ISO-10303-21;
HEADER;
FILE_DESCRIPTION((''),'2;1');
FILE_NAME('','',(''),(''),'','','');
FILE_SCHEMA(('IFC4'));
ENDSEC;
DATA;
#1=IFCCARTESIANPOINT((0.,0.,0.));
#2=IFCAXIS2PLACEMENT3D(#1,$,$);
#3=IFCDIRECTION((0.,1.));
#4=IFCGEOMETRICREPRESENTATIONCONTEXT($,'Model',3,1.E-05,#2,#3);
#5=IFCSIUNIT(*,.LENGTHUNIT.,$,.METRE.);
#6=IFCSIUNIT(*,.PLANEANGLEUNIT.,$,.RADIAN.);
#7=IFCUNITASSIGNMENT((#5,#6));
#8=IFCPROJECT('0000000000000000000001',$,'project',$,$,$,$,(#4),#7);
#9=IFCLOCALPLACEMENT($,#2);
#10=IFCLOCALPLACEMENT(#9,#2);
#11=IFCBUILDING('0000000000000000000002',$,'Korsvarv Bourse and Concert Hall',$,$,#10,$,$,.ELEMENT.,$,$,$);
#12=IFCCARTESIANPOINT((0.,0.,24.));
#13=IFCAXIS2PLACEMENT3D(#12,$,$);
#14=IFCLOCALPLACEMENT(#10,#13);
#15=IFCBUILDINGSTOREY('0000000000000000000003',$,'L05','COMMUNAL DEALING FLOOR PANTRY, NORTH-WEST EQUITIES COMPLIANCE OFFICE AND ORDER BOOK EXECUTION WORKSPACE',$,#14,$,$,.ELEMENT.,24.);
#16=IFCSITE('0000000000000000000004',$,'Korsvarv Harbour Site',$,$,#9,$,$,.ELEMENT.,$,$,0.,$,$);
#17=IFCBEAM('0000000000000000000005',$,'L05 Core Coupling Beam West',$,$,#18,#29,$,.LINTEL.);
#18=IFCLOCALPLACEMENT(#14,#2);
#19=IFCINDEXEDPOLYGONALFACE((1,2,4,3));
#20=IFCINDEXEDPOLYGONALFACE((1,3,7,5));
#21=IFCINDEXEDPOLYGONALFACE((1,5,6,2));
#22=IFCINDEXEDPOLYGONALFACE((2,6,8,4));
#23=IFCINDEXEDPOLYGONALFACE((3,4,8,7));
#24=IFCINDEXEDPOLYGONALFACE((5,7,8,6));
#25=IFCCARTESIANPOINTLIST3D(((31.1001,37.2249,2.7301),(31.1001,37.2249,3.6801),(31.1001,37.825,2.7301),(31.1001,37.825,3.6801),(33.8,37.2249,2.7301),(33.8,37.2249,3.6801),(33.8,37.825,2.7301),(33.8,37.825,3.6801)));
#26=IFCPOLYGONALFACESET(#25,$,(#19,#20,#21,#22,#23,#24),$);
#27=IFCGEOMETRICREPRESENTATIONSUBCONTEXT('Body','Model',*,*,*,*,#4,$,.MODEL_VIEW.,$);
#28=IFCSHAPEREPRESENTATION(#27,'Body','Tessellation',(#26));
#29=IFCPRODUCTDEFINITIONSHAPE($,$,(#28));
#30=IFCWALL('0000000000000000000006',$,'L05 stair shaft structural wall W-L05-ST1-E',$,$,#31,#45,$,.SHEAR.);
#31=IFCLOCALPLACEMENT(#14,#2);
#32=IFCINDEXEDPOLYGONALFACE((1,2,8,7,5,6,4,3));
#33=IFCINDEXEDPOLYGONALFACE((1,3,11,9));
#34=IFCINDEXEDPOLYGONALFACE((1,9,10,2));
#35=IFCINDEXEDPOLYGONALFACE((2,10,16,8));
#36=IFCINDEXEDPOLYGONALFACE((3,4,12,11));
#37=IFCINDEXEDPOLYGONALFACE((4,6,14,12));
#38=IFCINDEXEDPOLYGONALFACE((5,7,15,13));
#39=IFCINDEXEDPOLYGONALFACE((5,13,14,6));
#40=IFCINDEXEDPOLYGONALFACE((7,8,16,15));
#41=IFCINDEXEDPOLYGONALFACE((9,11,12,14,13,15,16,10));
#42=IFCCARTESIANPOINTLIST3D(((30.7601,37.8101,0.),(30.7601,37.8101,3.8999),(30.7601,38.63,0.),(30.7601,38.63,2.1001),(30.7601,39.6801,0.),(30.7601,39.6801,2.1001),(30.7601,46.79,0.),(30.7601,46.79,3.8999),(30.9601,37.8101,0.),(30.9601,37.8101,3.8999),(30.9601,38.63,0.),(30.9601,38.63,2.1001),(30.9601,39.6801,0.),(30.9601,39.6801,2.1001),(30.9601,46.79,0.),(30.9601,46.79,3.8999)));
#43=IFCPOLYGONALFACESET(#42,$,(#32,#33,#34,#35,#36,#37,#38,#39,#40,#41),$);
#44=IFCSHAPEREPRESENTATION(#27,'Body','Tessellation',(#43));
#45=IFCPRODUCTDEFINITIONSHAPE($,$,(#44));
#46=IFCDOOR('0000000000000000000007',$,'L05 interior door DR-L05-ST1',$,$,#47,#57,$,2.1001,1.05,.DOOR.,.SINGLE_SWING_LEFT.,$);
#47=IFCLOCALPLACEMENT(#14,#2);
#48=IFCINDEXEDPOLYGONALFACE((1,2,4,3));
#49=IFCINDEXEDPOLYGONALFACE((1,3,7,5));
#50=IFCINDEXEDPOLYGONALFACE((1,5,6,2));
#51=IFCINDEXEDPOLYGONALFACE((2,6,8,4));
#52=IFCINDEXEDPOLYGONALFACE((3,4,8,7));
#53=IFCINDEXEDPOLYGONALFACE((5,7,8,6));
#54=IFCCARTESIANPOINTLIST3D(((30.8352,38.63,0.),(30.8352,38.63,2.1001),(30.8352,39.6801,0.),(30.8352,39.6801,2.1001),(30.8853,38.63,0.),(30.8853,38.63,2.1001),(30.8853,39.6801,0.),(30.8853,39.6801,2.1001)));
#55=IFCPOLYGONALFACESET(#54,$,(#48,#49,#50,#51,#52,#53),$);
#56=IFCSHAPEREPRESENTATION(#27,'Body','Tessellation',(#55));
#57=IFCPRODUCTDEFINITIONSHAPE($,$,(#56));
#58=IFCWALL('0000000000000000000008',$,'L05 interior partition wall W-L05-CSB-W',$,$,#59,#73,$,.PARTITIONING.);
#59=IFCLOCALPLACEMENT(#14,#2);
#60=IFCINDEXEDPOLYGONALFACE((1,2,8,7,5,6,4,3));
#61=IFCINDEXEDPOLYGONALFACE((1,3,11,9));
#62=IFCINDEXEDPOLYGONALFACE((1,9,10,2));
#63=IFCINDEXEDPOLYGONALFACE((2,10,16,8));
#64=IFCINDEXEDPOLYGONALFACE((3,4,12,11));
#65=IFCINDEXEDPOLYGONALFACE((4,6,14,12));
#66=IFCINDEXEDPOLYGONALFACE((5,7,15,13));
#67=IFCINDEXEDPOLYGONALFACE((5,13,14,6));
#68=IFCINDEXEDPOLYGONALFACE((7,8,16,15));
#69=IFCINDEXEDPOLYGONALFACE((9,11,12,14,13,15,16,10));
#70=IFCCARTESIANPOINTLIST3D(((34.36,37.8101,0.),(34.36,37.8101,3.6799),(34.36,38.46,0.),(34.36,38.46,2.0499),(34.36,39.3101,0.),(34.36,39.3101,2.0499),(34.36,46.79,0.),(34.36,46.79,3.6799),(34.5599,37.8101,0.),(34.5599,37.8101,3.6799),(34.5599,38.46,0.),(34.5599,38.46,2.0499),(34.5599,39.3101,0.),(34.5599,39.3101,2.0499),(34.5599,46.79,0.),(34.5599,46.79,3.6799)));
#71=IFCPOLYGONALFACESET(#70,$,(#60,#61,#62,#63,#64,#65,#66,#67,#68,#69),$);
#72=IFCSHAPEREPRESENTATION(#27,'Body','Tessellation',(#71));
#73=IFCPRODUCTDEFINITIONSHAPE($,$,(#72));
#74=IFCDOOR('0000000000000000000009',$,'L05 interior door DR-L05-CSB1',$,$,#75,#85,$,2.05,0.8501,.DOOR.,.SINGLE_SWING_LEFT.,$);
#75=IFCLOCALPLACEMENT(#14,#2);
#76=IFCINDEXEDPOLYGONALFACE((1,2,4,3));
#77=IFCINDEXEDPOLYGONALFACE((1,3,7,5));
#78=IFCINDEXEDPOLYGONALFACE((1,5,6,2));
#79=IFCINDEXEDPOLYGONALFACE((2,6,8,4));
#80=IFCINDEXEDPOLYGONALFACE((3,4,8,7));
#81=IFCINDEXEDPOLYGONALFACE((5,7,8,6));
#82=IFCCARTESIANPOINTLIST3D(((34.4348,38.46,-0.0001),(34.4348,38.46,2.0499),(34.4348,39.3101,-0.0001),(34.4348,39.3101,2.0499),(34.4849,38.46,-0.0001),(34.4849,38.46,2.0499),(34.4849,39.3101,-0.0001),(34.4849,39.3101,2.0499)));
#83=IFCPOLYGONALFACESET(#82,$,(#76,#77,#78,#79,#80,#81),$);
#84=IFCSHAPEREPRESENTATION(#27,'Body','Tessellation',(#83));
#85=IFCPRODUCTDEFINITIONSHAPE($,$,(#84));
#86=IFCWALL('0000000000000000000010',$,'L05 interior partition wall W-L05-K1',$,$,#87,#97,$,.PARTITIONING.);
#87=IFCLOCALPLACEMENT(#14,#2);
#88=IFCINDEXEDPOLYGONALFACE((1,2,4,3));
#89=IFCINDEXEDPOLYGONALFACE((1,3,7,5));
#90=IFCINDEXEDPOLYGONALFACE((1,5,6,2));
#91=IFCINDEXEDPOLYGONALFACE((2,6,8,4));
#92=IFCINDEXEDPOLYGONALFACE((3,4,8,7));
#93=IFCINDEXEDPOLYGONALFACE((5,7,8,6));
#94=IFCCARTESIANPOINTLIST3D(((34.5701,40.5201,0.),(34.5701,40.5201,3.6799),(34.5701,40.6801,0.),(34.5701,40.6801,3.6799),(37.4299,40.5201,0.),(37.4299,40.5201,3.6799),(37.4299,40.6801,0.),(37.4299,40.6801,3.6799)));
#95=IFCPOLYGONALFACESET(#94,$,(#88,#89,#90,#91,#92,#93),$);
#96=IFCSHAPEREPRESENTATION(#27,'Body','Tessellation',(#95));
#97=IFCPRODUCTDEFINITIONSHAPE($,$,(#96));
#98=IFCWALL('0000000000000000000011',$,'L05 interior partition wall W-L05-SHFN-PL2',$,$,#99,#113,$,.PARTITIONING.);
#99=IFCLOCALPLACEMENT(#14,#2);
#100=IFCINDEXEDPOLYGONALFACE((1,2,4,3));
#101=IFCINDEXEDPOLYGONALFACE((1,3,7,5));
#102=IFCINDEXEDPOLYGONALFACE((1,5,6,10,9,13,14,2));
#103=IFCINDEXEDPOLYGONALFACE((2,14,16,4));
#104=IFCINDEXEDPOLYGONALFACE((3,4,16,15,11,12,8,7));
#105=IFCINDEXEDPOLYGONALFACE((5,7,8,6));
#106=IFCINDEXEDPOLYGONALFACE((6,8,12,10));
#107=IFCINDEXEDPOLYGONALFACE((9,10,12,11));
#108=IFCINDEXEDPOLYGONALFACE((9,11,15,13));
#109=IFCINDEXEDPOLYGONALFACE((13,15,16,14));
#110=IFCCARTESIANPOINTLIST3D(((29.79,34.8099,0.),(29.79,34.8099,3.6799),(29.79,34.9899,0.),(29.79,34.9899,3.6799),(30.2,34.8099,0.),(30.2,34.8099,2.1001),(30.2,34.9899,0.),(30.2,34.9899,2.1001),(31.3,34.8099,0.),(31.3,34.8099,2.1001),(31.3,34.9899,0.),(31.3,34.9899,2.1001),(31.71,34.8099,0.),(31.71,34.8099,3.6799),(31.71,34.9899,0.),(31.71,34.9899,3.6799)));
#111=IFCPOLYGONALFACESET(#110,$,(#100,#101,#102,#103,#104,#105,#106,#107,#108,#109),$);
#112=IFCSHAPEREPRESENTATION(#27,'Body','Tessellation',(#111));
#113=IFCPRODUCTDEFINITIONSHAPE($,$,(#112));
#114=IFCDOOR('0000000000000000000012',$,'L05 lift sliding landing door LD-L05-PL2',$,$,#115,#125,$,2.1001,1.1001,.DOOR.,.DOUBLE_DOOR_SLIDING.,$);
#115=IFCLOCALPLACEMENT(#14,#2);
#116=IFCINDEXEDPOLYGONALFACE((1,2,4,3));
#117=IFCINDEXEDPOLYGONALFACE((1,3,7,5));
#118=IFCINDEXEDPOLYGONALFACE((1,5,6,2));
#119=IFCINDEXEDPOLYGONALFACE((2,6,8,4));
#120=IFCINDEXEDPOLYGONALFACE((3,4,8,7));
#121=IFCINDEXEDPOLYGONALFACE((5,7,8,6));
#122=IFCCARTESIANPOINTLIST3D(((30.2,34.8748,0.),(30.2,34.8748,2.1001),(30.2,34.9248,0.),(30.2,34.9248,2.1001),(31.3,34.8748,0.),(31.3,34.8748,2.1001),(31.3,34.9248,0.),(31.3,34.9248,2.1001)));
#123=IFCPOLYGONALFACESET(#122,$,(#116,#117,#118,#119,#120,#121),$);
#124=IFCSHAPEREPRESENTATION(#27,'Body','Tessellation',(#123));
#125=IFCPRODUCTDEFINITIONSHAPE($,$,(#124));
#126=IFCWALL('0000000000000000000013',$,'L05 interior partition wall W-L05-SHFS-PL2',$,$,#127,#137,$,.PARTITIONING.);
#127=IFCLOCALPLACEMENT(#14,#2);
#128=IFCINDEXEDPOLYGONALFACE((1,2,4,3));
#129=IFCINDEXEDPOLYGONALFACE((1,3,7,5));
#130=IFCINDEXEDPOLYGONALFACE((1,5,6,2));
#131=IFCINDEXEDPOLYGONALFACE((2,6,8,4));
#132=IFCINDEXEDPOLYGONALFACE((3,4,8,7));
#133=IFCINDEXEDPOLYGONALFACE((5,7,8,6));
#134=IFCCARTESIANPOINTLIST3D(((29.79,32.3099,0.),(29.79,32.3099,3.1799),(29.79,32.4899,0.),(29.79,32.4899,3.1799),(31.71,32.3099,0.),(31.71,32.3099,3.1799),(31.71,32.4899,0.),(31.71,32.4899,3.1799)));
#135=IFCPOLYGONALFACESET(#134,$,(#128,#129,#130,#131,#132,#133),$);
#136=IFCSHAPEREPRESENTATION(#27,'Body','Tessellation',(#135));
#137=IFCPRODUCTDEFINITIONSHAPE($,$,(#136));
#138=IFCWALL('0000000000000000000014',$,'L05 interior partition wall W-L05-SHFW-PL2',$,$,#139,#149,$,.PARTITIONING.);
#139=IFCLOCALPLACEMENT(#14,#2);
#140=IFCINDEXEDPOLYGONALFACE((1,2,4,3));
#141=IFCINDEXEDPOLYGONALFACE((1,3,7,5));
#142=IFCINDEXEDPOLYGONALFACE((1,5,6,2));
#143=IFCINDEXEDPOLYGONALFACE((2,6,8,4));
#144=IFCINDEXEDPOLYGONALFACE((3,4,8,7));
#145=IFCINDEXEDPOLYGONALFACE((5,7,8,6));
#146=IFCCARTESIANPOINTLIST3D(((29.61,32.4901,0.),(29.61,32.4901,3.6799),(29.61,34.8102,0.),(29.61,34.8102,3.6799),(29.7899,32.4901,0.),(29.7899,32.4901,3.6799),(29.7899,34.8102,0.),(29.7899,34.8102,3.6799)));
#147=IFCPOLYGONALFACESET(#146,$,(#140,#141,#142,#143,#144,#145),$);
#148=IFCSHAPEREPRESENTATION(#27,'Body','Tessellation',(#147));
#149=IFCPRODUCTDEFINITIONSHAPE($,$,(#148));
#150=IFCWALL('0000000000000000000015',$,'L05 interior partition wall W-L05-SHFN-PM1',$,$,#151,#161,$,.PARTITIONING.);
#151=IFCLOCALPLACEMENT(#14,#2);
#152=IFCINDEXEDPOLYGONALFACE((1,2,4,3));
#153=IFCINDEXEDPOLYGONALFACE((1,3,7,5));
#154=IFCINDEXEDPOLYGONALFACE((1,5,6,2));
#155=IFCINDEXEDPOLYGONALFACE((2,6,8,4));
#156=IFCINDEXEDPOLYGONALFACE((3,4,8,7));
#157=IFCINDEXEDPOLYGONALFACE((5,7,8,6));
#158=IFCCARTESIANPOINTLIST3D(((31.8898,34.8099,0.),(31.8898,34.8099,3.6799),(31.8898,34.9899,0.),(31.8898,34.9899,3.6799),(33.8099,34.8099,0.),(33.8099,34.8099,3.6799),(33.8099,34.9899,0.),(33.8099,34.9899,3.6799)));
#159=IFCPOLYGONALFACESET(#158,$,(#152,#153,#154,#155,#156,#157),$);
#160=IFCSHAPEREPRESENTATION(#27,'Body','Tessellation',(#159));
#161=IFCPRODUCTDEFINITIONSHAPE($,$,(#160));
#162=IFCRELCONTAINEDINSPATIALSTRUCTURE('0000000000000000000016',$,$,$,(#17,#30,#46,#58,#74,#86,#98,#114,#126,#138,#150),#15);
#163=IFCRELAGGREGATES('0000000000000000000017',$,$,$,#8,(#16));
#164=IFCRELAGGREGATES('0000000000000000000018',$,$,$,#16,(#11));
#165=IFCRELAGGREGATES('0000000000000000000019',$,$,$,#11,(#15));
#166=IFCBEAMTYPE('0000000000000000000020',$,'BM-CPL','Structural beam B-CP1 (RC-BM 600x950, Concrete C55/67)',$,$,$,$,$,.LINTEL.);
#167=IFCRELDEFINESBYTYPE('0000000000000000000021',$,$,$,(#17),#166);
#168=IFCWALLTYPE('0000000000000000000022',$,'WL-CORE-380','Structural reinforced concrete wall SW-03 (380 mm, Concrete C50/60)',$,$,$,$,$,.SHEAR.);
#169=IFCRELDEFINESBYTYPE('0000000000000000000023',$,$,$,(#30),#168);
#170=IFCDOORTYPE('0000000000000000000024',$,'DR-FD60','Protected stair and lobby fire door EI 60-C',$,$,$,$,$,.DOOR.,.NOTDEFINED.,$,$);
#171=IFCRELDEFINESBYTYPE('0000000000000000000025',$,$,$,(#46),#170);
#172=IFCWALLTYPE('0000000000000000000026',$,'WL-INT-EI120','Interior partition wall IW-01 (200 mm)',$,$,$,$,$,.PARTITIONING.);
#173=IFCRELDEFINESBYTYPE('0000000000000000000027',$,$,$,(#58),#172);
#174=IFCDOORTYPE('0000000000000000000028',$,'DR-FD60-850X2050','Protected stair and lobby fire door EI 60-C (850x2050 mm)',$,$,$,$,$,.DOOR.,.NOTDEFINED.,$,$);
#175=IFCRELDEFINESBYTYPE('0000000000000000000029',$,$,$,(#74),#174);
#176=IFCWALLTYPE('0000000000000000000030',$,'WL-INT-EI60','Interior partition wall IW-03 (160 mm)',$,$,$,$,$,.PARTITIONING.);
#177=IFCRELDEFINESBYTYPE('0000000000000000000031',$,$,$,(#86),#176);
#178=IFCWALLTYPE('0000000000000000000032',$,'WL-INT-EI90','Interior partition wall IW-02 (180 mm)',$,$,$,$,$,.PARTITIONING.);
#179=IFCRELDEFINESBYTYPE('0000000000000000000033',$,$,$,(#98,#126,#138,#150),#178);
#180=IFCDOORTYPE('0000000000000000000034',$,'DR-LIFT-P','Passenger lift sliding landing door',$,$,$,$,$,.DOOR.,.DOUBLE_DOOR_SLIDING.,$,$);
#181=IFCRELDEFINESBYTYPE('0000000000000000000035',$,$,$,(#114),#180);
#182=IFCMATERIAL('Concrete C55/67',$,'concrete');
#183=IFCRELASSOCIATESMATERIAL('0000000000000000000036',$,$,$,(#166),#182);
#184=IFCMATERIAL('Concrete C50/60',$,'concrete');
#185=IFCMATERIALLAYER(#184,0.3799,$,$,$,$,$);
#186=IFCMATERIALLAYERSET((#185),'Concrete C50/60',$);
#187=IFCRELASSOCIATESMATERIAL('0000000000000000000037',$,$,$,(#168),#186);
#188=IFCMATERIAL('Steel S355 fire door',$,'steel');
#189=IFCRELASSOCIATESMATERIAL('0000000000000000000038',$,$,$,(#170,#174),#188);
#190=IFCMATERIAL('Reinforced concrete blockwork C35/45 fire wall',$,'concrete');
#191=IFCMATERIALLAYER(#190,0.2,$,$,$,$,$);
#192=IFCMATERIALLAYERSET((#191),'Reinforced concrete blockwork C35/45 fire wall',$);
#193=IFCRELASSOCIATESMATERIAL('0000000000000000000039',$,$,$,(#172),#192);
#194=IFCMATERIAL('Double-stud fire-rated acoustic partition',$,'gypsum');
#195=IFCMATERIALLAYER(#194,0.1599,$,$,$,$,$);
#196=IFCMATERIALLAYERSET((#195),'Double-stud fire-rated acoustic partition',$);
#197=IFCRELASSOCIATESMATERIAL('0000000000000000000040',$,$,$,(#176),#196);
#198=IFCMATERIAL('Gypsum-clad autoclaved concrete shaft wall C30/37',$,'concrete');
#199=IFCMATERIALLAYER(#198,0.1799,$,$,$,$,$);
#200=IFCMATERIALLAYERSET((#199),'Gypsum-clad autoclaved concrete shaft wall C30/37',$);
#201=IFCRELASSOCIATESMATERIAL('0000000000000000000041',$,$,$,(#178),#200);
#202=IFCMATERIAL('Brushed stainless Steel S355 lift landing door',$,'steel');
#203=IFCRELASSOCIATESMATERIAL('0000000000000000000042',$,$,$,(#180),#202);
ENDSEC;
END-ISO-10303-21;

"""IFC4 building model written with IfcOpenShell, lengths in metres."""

from ifc_helpers import new_model, si_unit, direction, frame, frame_2d, origin, origin_2d, place, context, subcontext, project, spatial, rectangle, extrude, source, transform, mapped, material, layer, layer_set, material_profile, profile_set, type_object, element, fill, save


model = new_model("IFC4")

# Units and contexts
model_context = context("Model", 3, precision=1e-05, world=origin(), true_north=direction((0.0, 1.0)))
body_context = subcontext(model_context, "Body", "Model", "MODEL_VIEW")
ifc_project = project(units=[si_unit("LENGTHUNIT", "METRE"), si_unit("PLANEANGLEUNIT", "RADIAN")], contexts=[model_context])

# Site, building, storey
site_placement = place(None, origin())
site = spatial("IfcSite", under=ifc_project, at=site_placement, Name="Korsvarv Harbour Site", CompositionType="ELEMENT", RefElevation=0.0)
building_placement = place(site_placement, origin())
building = spatial("IfcBuilding", under=site, at=building_placement, Name="Korsvarv Bourse and Concert Hall", CompositionType="ELEMENT")
storey_placement = place(building_placement, frame((0.0, 0.0, 24.0)))
storey = spatial("IfcBuildingStorey", under=building, at=storey_placement, Name="L05", Description="COMMUNAL DEALING FLOOR PANTRY, NORTH-WEST EQUITIES COMPLIANCE OFFICE AND ORDER BOOK EXECUTION WORKSPACE", CompositionType="ELEMENT", Elevation=24.0)

# Beam
ifc_material_1 = material(Name="Concrete C55/67", Category="concrete")
ifc_material_profile = material_profile(ifc_material_1, rectangle(XDim=0.6001, YDim=0.95, at=origin_2d()), Name="RC-BM 600x950")
ifc_profile_set = profile_set([ifc_material_profile], Name="Concrete C55/67")
beam_type = type_object("IfcBeamType", Name="BM-CPL", Description="Structural beam B-CP1 (RC-BM 600x950, Concrete C55/67)", PredefinedType="LINTEL", material=ifc_profile_set)
shared_shape = source(origin(), body_context, "Body", "SweptSolid", [
    extrude(rectangle(XDim=0.6001, YDim=0.95, at=origin_2d()), origin(), (0.0, 0.0, 1.0), 2.7),
])
beam_placement = place(storey_placement, frame((31.1001, 37.5249, 3.2051), z_axis=(1.0, 0.0, 0.0), x_axis=(0.0, 1.0, 0.0)))
element("IfcBeam", 1, at=beam_placement, inside=storey, type_object=beam_type, Name="L05 Core Coupling Beam West", PredefinedType="LINTEL", context=body_context, shape_type="MappedRepresentation", body=[
    mapped(shared_shape, transform((0.0, 0.0, 0.0), scale=1.0)),
])

# Walls, openings, doors
ifc_material_2 = material(Name="Concrete C50/60", Category="concrete")
ifc_layer_1 = layer(ifc_material_2, 0.3799)
ifc_layer_set_1 = layer_set([ifc_layer_1], Name="Concrete C50/60")
wall_type_1 = type_object("IfcWallType", Name="WL-CORE-380", Description="Structural reinforced concrete wall SW-03 (380 mm, Concrete C50/60)", PredefinedType="SHEAR", material=ifc_layer_set_1)
wall_1_placement = place(storey_placement, frame((30.8601, 37.8101, 0.0), z_axis=(0.0, 0.0, 1.0), x_axis=(0.0, 1.0, 0.0)))
wall_1 = element("IfcWall", 2, at=wall_1_placement, inside=storey, type_object=wall_type_1, Name="L05 stair shaft structural wall W-L05-ST1-E", PredefinedType="SHEAR", context=body_context, shape_type="SweptSolid", body=[
    extrude(rectangle(XDim=8.98, YDim=0.2, at=frame_2d((4.49, 0.0))), origin(), (0.0, 0.0, 1.0), 3.8999),
])
opening_1_placement = place(wall_1_placement, frame((0.8201, 0.0, 0.0)))
opening_1 = element("IfcOpeningElement", 3, at=opening_1_placement, cuts=wall_1, PredefinedType="OPENING", context=body_context, shape_type="SweptSolid", body=[
    extrude(rectangle(XDim=1.05, YDim=2.1001, at=frame_2d((0.5249, 1.05))), frame((0.0, 0.1099, 0.0), z_axis=(0.0, -1.0, 0.0), x_axis=(1.0, 0.0, 0.0)), (0.0, 0.0, 1.0), 0.22),
])
ifc_material_3 = material(Name="Steel S355 fire door", Category="steel")
door_type_1 = type_object("IfcDoorType", Name="DR-FD60", Description="Protected stair and lobby fire door EI 60-C", OperationType="NOTDEFINED", PredefinedType="DOOR", material=ifc_material_3)
door_1_placement = place(opening_1_placement, origin())
door_1 = element("IfcDoor", 4, at=door_1_placement, inside=storey, type_object=door_type_1, Name="L05 interior door DR-L05-ST1", OperationType="SINGLE_SWING_LEFT", OverallHeight=2.1001, OverallWidth=1.05, PredefinedType="DOOR", context=body_context, shape_type="SweptSolid", body=[
    extrude(rectangle(XDim=1.05, YDim=2.1001, at=frame_2d((0.5249, 1.05))), frame((0.0, 0.0249, 0.0), z_axis=(0.0, -1.0, 0.0), x_axis=(1.0, 0.0, 0.0)), (0.0, 0.0, 1.0), 0.05),
])
fill(opening_1, door_1)
ifc_material_4 = material(Name="Reinforced concrete blockwork C35/45 fire wall", Category="concrete")
ifc_layer_2 = layer(ifc_material_4, 0.2)
ifc_layer_set_2 = layer_set([ifc_layer_2], Name="Reinforced concrete blockwork C35/45 fire wall")
wall_type_2 = type_object("IfcWallType", Name="WL-INT-EI120", Description="Interior partition wall IW-01 (200 mm)", PredefinedType="PARTITIONING", material=ifc_layer_set_2)
wall_2_placement = place(storey_placement, frame((34.46, 37.8101, 0.0), z_axis=(0.0, 0.0, 1.0), x_axis=(0.0, 1.0, 0.0)))
wall_2 = element("IfcWall", 5, at=wall_2_placement, inside=storey, type_object=wall_type_2, Name="L05 interior partition wall W-L05-CSB-W", PredefinedType="PARTITIONING", context=body_context, shape_type="SweptSolid", body=[
    extrude(rectangle(XDim=8.98, YDim=0.2, at=frame_2d((4.49, 0.0))), origin(), (0.0, 0.0, 1.0), 3.6799),
])
opening_2_placement = place(wall_2_placement, frame((0.6499, 0.0, 0.0)))
opening_2 = element("IfcOpeningElement", 6, at=opening_2_placement, cuts=wall_2, PredefinedType="OPENING", context=body_context, shape_type="SweptSolid", body=[
    extrude(rectangle(XDim=0.8501, YDim=2.05, at=frame_2d((0.425, 1.0249))), frame((0.0, 0.1099, 0.0), z_axis=(0.0, -1.0, 0.0), x_axis=(1.0, 0.0, 0.0)), (0.0, 0.0, 1.0), 0.22),
])
door_type_2 = type_object("IfcDoorType", Name="DR-FD60-850X2050", Description="Protected stair and lobby fire door EI 60-C (850x2050 mm)", OperationType="NOTDEFINED", PredefinedType="DOOR", material=ifc_material_3)
door_2_placement = place(opening_2_placement, frame((0.8501, 0.0, 0.0), z_axis=(0.0, 0.0, 1.0), x_axis=(-1.0, 0.0, 0.0)))
door_2 = element("IfcDoor", 7, at=door_2_placement, inside=storey, type_object=door_type_2, Name="L05 interior door DR-L05-CSB1", OperationType="SINGLE_SWING_LEFT", OverallHeight=2.05, OverallWidth=0.8501, PredefinedType="DOOR", context=body_context, shape_type="SweptSolid", body=[
    extrude(rectangle(XDim=0.8501, YDim=2.05, at=frame_2d((0.425, 1.0249))), frame((0.0, 0.0249, 0.0), z_axis=(0.0, -1.0, 0.0), x_axis=(1.0, 0.0, 0.0)), (0.0, 0.0, 1.0), 0.05),
])
fill(opening_2, door_2)

# Wall
ifc_material_5 = material(Name="Double-stud fire-rated acoustic partition", Category="gypsum")
ifc_layer_3 = layer(ifc_material_5, 0.1599)
ifc_layer_set_3 = layer_set([ifc_layer_3], Name="Double-stud fire-rated acoustic partition")
wall_type_3 = type_object("IfcWallType", Name="WL-INT-EI60", Description="Interior partition wall IW-03 (160 mm)", PredefinedType="PARTITIONING", material=ifc_layer_set_3)
wall_3_placement = place(storey_placement, frame((34.5701, 40.6001, 0.0), z_axis=(0.0, 0.0, 1.0), x_axis=(1.0, 0.0, 0.0)))
element("IfcWall", 8, at=wall_3_placement, inside=storey, type_object=wall_type_3, Name="L05 interior partition wall W-L05-K1", PredefinedType="PARTITIONING", context=body_context, shape_type="SweptSolid", body=[
    extrude(rectangle(XDim=2.8599, YDim=0.1599, at=frame_2d((1.4299, 0.0))), origin(), (0.0, 0.0, 1.0), 3.6799),
])

# Wall, opening, door
ifc_material_6 = material(Name="Gypsum-clad autoclaved concrete shaft wall C30/37", Category="concrete")
ifc_layer_4 = layer(ifc_material_6, 0.1799)
ifc_layer_set_4 = layer_set([ifc_layer_4], Name="Gypsum-clad autoclaved concrete shaft wall C30/37")
wall_type_4 = type_object("IfcWallType", Name="WL-INT-EI90", Description="Interior partition wall IW-02 (180 mm)", PredefinedType="PARTITIONING", material=ifc_layer_set_4)
wall_4_placement = place(storey_placement, frame((29.79, 34.8999, 0.0), z_axis=(0.0, 0.0, 1.0), x_axis=(1.0, 0.0, 0.0)))
wall_4 = element("IfcWall", 9, at=wall_4_placement, inside=storey, type_object=wall_type_4, Name="L05 interior partition wall W-L05-SHFN-PL2", PredefinedType="PARTITIONING", context=body_context, shape_type="SweptSolid", body=[
    extrude(rectangle(XDim=1.9199, YDim=0.1799, at=frame_2d((0.96, 0.0))), origin(), (0.0, 0.0, 1.0), 3.6799),
])
opening_3_placement = place(wall_4_placement, frame((0.4099, 0.0, 0.0)))
opening_3 = element("IfcOpeningElement", 10, at=opening_3_placement, cuts=wall_4, PredefinedType="OPENING", context=body_context, shape_type="SweptSolid", body=[
    extrude(rectangle(XDim=1.1001, YDim=2.1001, at=frame_2d((0.55, 1.05))), frame((0.0, 0.1001, 0.0), z_axis=(0.0, -1.0, 0.0), x_axis=(1.0, 0.0, 0.0)), (0.0, 0.0, 1.0), 0.2),
])
ifc_material_7 = material(Name="Brushed stainless Steel S355 lift landing door", Category="steel")
door_type_3 = type_object("IfcDoorType", Name="DR-LIFT-P", Description="Passenger lift sliding landing door", OperationType="DOUBLE_DOOR_SLIDING", PredefinedType="DOOR", material=ifc_material_7)
door_3_placement = place(opening_3_placement, origin())
door_3 = element("IfcDoor", 11, at=door_3_placement, inside=storey, type_object=door_type_3, Name="L05 lift sliding landing door LD-L05-PL2", OperationType="DOUBLE_DOOR_SLIDING", OverallHeight=2.1001, OverallWidth=1.1001, PredefinedType="DOOR", context=body_context, shape_type="SweptSolid", body=[
    extrude(rectangle(XDim=1.1001, YDim=2.1001, at=frame_2d((0.55, 1.05))), frame((0.0, 0.0249, 0.0), z_axis=(0.0, -1.0, 0.0), x_axis=(1.0, 0.0, 0.0)), (0.0, 0.0, 1.0), 0.05),
])
fill(opening_3, door_3)

# Walls
wall_5_placement = place(storey_placement, frame((29.79, 32.3999, 0.0), z_axis=(0.0, 0.0, 1.0), x_axis=(1.0, 0.0, 0.0)))
element("IfcWall", 12, at=wall_5_placement, inside=storey, type_object=wall_type_4, Name="L05 interior partition wall W-L05-SHFS-PL2", PredefinedType="PARTITIONING", context=body_context, shape_type="SweptSolid", body=[
    extrude(rectangle(XDim=1.9199, YDim=0.1799, at=frame_2d((0.96, 0.0))), origin(), (0.0, 0.0, 1.0), 3.1799),
])
wall_6_placement = place(storey_placement, frame((29.7, 32.49, 0.0), z_axis=(0.0, 0.0, 1.0), x_axis=(0.0, 1.0, 0.0)))
element("IfcWall", 13, at=wall_6_placement, inside=storey, type_object=wall_type_4, Name="L05 interior partition wall W-L05-SHFW-PL2", PredefinedType="PARTITIONING", context=body_context, shape_type="SweptSolid", body=[
    extrude(rectangle(XDim=2.3201, YDim=0.1799, at=frame_2d((1.1602, 0.0))), origin(), (0.0, 0.0, 1.0), 3.6799),
])
wall_7_placement = place(storey_placement, frame((31.8899, 34.8999, 0.0), z_axis=(0.0, 0.0, 1.0), x_axis=(1.0, 0.0, 0.0)))
element("IfcWall", 14, at=wall_7_placement, inside=storey, type_object=wall_type_4, Name="L05 interior partition wall W-L05-SHFN-PM1", PredefinedType="PARTITIONING", context=body_context, shape_type="SweptSolid", body=[
    extrude(rectangle(XDim=1.9202, YDim=0.1799, at=frame_2d((0.96, 0.0))), origin(), (0.0, 0.0, 1.0), 3.6799),
])

save(model, "model.ifc")
